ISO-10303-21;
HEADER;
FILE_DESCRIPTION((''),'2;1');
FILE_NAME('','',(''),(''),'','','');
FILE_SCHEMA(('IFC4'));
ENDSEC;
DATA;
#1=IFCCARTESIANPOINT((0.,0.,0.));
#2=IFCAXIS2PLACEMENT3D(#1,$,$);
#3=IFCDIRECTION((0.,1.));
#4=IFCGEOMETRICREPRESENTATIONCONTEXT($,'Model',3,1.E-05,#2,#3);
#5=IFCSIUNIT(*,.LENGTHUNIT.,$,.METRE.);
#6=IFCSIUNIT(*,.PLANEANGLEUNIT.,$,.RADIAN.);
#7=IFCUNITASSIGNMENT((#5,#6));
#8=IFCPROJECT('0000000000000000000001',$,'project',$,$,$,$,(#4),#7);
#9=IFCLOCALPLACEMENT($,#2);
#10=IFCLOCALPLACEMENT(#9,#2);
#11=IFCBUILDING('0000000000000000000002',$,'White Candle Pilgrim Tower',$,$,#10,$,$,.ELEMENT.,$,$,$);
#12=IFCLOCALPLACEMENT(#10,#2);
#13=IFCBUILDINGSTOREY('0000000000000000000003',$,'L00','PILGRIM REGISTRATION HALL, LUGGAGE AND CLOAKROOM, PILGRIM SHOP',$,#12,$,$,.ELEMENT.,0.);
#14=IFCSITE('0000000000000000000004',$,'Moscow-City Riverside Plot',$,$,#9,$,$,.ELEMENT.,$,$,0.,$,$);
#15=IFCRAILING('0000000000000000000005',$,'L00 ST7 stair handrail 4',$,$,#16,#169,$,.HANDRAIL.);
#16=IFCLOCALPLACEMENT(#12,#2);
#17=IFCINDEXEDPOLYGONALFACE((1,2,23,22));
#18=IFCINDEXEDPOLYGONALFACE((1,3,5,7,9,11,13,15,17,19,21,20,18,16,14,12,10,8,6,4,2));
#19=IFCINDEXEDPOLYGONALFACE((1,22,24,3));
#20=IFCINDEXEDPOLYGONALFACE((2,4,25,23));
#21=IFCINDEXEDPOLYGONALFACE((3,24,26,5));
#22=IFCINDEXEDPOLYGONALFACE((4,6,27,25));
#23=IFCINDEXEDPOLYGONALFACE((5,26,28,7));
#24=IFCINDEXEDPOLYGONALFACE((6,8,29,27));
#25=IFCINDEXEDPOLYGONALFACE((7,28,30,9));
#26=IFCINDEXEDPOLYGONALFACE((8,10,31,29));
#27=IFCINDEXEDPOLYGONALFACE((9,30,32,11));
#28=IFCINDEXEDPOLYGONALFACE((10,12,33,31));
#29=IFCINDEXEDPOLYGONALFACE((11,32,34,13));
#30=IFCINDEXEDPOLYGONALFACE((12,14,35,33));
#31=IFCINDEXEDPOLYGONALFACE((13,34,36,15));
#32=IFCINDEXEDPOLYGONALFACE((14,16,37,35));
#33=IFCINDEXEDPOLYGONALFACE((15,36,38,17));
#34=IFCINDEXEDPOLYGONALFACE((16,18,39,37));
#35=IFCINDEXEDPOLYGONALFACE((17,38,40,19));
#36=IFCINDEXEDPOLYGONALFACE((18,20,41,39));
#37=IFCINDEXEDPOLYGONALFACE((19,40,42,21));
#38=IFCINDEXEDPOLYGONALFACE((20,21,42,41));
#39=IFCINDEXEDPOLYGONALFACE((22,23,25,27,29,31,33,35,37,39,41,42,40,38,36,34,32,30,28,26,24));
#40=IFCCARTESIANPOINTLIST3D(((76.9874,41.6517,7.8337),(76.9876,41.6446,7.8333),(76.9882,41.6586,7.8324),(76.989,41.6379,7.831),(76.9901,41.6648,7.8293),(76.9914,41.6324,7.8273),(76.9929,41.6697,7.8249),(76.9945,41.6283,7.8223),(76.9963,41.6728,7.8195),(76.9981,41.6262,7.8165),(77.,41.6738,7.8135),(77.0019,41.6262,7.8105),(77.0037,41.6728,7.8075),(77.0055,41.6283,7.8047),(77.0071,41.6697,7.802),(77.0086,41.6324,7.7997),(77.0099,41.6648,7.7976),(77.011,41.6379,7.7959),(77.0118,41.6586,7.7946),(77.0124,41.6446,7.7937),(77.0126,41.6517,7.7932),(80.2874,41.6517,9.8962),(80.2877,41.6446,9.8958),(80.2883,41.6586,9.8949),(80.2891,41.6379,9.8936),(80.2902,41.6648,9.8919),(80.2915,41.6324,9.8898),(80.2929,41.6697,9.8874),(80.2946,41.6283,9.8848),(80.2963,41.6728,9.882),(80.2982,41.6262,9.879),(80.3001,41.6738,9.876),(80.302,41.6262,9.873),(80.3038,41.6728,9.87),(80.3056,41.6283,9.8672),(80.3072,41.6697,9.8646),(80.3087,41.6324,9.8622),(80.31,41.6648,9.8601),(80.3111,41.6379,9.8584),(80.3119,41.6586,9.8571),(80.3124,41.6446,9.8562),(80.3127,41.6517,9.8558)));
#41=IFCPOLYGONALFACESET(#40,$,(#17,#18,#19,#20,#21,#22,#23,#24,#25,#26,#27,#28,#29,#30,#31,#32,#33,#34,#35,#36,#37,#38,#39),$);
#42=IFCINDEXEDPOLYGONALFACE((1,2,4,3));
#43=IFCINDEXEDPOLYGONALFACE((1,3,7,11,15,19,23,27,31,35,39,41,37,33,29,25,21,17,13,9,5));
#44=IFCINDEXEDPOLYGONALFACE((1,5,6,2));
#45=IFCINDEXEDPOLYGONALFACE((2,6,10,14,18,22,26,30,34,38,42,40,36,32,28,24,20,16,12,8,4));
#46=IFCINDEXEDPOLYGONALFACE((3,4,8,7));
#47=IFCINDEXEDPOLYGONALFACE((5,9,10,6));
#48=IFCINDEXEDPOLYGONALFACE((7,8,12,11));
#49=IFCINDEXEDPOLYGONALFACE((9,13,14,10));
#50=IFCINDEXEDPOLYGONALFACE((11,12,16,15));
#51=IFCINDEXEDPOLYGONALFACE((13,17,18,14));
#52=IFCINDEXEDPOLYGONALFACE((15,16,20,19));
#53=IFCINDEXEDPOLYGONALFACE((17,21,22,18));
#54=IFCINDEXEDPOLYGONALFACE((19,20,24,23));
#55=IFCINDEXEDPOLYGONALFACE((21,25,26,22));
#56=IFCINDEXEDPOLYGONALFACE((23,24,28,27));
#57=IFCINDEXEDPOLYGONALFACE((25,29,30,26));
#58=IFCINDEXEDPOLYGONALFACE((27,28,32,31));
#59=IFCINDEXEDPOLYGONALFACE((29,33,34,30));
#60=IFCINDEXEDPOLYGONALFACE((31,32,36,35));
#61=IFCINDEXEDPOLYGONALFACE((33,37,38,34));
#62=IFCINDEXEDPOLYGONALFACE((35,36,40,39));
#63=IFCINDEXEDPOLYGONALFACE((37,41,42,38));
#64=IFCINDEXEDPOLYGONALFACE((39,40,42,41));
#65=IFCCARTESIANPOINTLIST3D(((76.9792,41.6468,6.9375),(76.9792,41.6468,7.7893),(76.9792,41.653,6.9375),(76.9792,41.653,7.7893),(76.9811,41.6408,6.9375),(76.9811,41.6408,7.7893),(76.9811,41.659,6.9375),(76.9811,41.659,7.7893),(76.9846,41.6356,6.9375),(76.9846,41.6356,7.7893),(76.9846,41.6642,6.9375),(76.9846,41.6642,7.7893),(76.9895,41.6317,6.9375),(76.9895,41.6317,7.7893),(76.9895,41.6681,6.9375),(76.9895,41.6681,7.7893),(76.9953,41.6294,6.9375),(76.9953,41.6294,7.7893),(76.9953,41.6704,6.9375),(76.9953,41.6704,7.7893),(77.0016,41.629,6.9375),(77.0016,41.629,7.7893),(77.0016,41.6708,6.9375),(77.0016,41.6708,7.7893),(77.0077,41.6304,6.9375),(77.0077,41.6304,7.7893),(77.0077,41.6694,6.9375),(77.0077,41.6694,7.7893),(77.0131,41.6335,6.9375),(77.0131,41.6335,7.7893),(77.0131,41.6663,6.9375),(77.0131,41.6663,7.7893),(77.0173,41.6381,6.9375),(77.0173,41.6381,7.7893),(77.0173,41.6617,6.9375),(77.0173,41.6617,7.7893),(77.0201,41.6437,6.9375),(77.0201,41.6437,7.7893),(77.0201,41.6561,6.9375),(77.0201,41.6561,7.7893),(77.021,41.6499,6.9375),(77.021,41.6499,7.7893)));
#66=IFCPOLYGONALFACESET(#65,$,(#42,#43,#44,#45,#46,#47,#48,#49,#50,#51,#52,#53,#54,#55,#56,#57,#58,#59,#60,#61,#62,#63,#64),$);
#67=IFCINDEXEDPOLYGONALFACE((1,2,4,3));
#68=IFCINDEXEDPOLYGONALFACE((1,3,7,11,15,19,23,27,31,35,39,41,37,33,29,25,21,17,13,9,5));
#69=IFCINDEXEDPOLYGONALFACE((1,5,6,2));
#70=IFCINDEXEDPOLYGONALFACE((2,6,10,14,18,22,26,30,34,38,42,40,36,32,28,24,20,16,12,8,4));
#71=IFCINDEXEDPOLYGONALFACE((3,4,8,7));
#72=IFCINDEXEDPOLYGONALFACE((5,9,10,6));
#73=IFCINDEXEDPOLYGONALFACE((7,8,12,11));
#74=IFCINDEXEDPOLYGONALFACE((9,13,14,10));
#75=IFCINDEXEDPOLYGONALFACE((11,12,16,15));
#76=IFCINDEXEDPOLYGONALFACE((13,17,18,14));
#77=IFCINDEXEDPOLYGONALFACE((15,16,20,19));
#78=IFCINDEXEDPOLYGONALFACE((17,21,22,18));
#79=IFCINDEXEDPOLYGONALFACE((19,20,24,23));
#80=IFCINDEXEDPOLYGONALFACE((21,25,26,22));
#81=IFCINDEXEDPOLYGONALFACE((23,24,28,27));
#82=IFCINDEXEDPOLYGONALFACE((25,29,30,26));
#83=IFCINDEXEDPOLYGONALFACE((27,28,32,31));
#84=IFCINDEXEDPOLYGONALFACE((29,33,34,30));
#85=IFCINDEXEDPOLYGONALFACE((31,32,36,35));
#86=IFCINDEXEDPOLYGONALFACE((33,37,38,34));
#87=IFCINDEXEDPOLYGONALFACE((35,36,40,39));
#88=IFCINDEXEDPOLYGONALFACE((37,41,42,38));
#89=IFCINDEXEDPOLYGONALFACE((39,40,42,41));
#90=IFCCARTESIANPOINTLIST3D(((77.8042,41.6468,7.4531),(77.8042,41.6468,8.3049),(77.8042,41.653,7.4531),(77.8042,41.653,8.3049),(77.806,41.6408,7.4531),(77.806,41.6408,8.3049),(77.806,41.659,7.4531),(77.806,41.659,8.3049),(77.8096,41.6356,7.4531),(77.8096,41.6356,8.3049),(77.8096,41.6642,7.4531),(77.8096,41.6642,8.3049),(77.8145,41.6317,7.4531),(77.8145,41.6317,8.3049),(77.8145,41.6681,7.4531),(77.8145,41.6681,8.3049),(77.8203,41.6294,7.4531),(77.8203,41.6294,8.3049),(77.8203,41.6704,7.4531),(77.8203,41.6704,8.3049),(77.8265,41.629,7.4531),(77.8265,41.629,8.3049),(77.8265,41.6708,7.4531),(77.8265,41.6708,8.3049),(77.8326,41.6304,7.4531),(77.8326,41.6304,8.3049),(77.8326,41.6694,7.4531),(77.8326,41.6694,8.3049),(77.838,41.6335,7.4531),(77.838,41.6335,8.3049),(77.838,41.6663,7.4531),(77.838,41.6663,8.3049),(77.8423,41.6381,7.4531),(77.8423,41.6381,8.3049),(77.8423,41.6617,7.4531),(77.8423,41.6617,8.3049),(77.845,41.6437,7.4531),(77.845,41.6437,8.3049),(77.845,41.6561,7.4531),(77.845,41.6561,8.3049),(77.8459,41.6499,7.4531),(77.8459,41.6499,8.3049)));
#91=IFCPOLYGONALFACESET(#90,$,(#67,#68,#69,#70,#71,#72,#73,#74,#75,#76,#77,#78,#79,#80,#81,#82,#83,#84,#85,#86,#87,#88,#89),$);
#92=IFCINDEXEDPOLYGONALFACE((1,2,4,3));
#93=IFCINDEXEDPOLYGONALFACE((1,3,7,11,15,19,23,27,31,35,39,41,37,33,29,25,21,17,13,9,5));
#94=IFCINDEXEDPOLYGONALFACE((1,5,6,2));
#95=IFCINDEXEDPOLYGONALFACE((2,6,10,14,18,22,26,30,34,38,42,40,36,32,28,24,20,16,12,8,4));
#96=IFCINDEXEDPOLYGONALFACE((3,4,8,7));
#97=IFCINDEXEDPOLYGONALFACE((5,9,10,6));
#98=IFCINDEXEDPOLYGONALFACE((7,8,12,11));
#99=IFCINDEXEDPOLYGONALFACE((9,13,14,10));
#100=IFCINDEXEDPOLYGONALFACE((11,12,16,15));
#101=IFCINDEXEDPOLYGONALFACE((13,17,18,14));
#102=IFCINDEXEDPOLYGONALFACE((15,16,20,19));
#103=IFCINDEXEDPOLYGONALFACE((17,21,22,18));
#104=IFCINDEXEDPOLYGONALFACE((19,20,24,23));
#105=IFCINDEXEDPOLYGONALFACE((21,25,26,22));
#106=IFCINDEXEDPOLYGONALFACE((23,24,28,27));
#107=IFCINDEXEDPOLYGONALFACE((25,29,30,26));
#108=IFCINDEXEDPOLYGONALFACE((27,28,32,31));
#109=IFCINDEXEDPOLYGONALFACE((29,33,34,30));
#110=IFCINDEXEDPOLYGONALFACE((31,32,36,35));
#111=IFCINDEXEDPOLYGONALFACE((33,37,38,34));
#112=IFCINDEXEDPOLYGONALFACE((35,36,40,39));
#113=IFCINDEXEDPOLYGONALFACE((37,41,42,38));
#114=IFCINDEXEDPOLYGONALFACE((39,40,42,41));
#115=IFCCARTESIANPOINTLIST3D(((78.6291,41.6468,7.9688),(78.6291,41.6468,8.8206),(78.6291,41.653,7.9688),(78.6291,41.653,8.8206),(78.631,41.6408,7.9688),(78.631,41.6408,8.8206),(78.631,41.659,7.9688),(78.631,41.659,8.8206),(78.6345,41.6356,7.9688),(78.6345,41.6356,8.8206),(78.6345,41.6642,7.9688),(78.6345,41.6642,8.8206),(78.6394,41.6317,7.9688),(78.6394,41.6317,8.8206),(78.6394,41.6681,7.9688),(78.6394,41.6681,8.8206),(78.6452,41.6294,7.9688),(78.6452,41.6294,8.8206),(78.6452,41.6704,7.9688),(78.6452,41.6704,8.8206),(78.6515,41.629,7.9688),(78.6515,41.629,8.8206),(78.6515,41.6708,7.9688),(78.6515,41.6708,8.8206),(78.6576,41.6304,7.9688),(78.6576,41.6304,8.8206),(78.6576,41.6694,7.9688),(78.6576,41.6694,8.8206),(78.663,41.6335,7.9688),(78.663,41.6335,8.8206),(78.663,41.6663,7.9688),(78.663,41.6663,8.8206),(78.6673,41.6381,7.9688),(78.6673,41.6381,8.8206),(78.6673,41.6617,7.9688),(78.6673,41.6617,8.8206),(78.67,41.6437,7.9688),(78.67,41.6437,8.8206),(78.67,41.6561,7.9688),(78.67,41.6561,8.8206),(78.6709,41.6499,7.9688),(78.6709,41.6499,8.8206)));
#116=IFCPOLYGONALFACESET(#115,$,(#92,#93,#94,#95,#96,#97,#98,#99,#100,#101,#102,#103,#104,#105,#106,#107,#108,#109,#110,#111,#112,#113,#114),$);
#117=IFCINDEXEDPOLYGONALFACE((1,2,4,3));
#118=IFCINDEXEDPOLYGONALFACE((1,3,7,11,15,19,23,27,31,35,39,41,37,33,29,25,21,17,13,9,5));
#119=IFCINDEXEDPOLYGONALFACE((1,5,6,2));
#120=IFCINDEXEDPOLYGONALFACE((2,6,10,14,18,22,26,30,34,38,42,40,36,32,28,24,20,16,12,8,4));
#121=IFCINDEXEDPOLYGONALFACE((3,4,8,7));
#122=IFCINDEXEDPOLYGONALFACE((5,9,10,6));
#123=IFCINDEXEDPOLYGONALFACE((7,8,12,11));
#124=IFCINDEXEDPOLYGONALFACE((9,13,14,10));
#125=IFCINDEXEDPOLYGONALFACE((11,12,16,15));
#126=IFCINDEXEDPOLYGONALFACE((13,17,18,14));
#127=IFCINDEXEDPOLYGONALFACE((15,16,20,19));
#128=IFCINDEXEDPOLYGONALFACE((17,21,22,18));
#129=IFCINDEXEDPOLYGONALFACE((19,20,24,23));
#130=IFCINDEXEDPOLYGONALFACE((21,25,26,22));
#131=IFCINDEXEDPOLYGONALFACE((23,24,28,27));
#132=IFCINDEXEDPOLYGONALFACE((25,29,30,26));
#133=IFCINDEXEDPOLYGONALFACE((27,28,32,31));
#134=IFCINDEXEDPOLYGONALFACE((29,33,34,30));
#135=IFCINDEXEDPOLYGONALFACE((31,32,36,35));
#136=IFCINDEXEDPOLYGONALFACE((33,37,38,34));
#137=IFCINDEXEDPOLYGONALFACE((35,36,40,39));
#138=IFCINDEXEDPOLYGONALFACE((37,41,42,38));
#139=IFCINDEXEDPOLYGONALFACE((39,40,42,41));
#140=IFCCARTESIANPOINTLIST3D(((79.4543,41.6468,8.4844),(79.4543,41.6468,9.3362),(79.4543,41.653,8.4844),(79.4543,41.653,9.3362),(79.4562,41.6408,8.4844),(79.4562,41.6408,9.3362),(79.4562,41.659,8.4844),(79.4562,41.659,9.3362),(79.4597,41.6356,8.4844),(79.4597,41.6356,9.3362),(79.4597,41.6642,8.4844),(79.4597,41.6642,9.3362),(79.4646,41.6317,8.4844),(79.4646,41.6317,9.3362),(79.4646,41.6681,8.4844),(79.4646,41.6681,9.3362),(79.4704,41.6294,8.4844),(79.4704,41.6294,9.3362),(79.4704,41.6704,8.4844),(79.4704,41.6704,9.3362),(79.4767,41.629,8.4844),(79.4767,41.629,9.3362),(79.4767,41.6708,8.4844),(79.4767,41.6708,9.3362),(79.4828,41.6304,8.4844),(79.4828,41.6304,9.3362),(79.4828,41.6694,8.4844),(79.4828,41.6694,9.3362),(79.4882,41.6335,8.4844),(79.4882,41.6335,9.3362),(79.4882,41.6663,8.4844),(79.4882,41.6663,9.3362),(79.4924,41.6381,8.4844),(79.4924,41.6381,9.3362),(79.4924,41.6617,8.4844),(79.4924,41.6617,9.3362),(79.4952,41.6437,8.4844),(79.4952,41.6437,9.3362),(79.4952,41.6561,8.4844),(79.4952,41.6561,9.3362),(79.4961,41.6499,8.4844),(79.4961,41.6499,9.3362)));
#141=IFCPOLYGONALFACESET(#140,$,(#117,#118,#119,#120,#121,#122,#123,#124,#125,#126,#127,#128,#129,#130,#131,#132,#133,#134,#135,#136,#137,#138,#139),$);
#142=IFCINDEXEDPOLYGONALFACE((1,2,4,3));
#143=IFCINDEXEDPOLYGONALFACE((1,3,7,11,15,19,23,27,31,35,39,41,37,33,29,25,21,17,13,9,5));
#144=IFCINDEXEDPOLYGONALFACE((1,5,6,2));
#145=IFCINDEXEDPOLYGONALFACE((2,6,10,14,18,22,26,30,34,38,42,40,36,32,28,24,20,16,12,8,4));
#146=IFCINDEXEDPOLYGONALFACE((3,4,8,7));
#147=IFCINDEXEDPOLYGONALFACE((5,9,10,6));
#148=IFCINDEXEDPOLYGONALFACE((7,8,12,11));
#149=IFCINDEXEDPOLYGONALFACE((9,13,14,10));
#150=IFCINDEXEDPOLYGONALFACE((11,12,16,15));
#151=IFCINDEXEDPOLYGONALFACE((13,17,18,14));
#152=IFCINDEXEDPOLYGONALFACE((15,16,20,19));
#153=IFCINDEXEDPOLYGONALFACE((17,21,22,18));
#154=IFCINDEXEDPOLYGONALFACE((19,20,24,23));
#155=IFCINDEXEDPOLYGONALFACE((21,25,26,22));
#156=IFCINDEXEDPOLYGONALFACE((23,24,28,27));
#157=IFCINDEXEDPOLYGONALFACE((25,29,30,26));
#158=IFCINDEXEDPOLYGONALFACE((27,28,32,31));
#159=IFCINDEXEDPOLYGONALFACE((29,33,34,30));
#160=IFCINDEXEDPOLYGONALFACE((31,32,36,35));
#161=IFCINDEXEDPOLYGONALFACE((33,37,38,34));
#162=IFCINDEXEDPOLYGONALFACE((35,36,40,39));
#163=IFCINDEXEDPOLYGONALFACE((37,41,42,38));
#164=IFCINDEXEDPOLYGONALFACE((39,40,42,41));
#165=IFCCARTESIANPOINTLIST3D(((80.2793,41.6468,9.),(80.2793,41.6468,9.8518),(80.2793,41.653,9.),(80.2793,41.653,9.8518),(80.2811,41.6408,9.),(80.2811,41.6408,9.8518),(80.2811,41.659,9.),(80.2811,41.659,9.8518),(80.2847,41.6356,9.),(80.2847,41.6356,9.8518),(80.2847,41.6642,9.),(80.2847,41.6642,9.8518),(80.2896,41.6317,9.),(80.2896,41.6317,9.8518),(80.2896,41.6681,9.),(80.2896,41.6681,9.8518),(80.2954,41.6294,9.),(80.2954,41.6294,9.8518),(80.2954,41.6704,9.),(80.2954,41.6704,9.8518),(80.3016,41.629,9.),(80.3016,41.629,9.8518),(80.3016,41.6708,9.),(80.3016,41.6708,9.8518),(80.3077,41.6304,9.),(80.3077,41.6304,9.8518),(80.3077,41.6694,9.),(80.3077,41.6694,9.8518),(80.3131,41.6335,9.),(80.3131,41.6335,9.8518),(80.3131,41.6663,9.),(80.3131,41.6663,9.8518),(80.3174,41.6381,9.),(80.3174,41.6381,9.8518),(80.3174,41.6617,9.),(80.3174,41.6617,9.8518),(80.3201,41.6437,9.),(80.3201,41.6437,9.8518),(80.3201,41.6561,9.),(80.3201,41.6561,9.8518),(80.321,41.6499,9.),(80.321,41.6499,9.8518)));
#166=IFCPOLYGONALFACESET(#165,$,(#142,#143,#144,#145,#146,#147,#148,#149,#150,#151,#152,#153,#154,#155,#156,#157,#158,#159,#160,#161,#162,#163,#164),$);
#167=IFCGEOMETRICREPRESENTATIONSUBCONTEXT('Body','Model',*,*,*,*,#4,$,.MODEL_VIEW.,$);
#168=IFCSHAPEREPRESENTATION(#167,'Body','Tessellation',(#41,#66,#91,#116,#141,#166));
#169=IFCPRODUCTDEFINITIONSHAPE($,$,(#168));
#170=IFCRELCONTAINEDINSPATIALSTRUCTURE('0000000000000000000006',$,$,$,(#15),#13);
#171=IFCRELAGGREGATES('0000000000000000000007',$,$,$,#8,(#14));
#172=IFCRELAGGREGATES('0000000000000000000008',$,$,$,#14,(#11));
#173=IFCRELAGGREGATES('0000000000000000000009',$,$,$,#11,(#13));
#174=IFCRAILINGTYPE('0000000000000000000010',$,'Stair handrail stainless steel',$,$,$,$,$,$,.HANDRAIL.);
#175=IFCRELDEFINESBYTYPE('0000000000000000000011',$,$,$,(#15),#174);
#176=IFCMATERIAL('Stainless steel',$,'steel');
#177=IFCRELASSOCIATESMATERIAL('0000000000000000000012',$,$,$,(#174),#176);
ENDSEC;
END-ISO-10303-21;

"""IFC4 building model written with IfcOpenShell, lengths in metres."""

from ifc_helpers import new_model, si_unit, direction, frame, origin, origin_2d, place, context, subcontext, project, spatial, circle, extrude, material, type_object, element, save


model = new_model("IFC4")

# Units and contexts
model_context = context("Model", 3, precision=1e-05, world=origin(), true_north=direction((0.0, 1.0)))
body_context = subcontext(model_context, "Body", "Model", "MODEL_VIEW")
ifc_project = project(units=[si_unit("LENGTHUNIT", "METRE"), si_unit("PLANEANGLEUNIT", "RADIAN")], contexts=[model_context])

# Site, building, storey
site_placement = place(None, origin())
site = spatial("IfcSite", under=ifc_project, at=site_placement, Name="Moscow-City Riverside Plot", CompositionType="ELEMENT", RefElevation=0.0)
building_placement = place(site_placement, origin())
building = spatial("IfcBuilding", under=site, at=building_placement, Name="White Candle Pilgrim Tower", CompositionType="ELEMENT")
storey_placement = place(building_placement, origin())
storey = spatial("IfcBuildingStorey", under=building, at=storey_placement, Name="L00", Description="PILGRIM REGISTRATION HALL, LUGGAGE AND CLOAKROOM, PILGRIM SHOP", CompositionType="ELEMENT", Elevation=0.0)

# Railing
ifc_material_1 = material(Name="Stainless steel", Category="steel")
railing_type = type_object("IfcRailingType", Name="Stair handrail stainless steel", PredefinedType="HANDRAIL", material=ifc_material_1)
for number, where, name in (
    (1, (77.0, 41.6499, 6.9375), "L00 ST7 stair handrail 4"),
):
    element("IfcRailing", number, at=place(storey_placement, frame(where)), inside=storey, type_object=railing_type, Name=name, PredefinedType="HANDRAIL", context=body_context, shape_type="SweptSolid", body=[
        extrude(circle(Radius=0.0239, at=origin_2d()), frame((0.0, 0.0, 0.876), z_axis=(0.848002, 0.0, 0.529993), x_axis=(0.0, 1.0, 0.0)), (0.0, 0.0, 1.0), 3.8916),
        extrude(circle(Radius=0.021, at=origin_2d()), origin(), (0.0, 0.0, 1.0), 0.8518),
        extrude(circle(Radius=0.021, at=origin_2d()), frame((0.825, 0.0, 0.5156)), (0.0, 0.0, 1.0), 0.8518),
        extrude(circle(Radius=0.021, at=origin_2d()), frame((1.6499, 0.0, 1.0312)), (0.0, 0.0, 1.0), 0.8518),
        extrude(circle(Radius=0.021, at=origin_2d()), frame((2.4751, 0.0, 1.5469)), (0.0, 0.0, 1.0), 0.8518),
        extrude(circle(Radius=0.021, at=origin_2d()), frame((3.3, 0.0, 2.0625)), (0.0, 0.0, 1.0), 0.8518),
    ])

save(model, "model.ifc")
